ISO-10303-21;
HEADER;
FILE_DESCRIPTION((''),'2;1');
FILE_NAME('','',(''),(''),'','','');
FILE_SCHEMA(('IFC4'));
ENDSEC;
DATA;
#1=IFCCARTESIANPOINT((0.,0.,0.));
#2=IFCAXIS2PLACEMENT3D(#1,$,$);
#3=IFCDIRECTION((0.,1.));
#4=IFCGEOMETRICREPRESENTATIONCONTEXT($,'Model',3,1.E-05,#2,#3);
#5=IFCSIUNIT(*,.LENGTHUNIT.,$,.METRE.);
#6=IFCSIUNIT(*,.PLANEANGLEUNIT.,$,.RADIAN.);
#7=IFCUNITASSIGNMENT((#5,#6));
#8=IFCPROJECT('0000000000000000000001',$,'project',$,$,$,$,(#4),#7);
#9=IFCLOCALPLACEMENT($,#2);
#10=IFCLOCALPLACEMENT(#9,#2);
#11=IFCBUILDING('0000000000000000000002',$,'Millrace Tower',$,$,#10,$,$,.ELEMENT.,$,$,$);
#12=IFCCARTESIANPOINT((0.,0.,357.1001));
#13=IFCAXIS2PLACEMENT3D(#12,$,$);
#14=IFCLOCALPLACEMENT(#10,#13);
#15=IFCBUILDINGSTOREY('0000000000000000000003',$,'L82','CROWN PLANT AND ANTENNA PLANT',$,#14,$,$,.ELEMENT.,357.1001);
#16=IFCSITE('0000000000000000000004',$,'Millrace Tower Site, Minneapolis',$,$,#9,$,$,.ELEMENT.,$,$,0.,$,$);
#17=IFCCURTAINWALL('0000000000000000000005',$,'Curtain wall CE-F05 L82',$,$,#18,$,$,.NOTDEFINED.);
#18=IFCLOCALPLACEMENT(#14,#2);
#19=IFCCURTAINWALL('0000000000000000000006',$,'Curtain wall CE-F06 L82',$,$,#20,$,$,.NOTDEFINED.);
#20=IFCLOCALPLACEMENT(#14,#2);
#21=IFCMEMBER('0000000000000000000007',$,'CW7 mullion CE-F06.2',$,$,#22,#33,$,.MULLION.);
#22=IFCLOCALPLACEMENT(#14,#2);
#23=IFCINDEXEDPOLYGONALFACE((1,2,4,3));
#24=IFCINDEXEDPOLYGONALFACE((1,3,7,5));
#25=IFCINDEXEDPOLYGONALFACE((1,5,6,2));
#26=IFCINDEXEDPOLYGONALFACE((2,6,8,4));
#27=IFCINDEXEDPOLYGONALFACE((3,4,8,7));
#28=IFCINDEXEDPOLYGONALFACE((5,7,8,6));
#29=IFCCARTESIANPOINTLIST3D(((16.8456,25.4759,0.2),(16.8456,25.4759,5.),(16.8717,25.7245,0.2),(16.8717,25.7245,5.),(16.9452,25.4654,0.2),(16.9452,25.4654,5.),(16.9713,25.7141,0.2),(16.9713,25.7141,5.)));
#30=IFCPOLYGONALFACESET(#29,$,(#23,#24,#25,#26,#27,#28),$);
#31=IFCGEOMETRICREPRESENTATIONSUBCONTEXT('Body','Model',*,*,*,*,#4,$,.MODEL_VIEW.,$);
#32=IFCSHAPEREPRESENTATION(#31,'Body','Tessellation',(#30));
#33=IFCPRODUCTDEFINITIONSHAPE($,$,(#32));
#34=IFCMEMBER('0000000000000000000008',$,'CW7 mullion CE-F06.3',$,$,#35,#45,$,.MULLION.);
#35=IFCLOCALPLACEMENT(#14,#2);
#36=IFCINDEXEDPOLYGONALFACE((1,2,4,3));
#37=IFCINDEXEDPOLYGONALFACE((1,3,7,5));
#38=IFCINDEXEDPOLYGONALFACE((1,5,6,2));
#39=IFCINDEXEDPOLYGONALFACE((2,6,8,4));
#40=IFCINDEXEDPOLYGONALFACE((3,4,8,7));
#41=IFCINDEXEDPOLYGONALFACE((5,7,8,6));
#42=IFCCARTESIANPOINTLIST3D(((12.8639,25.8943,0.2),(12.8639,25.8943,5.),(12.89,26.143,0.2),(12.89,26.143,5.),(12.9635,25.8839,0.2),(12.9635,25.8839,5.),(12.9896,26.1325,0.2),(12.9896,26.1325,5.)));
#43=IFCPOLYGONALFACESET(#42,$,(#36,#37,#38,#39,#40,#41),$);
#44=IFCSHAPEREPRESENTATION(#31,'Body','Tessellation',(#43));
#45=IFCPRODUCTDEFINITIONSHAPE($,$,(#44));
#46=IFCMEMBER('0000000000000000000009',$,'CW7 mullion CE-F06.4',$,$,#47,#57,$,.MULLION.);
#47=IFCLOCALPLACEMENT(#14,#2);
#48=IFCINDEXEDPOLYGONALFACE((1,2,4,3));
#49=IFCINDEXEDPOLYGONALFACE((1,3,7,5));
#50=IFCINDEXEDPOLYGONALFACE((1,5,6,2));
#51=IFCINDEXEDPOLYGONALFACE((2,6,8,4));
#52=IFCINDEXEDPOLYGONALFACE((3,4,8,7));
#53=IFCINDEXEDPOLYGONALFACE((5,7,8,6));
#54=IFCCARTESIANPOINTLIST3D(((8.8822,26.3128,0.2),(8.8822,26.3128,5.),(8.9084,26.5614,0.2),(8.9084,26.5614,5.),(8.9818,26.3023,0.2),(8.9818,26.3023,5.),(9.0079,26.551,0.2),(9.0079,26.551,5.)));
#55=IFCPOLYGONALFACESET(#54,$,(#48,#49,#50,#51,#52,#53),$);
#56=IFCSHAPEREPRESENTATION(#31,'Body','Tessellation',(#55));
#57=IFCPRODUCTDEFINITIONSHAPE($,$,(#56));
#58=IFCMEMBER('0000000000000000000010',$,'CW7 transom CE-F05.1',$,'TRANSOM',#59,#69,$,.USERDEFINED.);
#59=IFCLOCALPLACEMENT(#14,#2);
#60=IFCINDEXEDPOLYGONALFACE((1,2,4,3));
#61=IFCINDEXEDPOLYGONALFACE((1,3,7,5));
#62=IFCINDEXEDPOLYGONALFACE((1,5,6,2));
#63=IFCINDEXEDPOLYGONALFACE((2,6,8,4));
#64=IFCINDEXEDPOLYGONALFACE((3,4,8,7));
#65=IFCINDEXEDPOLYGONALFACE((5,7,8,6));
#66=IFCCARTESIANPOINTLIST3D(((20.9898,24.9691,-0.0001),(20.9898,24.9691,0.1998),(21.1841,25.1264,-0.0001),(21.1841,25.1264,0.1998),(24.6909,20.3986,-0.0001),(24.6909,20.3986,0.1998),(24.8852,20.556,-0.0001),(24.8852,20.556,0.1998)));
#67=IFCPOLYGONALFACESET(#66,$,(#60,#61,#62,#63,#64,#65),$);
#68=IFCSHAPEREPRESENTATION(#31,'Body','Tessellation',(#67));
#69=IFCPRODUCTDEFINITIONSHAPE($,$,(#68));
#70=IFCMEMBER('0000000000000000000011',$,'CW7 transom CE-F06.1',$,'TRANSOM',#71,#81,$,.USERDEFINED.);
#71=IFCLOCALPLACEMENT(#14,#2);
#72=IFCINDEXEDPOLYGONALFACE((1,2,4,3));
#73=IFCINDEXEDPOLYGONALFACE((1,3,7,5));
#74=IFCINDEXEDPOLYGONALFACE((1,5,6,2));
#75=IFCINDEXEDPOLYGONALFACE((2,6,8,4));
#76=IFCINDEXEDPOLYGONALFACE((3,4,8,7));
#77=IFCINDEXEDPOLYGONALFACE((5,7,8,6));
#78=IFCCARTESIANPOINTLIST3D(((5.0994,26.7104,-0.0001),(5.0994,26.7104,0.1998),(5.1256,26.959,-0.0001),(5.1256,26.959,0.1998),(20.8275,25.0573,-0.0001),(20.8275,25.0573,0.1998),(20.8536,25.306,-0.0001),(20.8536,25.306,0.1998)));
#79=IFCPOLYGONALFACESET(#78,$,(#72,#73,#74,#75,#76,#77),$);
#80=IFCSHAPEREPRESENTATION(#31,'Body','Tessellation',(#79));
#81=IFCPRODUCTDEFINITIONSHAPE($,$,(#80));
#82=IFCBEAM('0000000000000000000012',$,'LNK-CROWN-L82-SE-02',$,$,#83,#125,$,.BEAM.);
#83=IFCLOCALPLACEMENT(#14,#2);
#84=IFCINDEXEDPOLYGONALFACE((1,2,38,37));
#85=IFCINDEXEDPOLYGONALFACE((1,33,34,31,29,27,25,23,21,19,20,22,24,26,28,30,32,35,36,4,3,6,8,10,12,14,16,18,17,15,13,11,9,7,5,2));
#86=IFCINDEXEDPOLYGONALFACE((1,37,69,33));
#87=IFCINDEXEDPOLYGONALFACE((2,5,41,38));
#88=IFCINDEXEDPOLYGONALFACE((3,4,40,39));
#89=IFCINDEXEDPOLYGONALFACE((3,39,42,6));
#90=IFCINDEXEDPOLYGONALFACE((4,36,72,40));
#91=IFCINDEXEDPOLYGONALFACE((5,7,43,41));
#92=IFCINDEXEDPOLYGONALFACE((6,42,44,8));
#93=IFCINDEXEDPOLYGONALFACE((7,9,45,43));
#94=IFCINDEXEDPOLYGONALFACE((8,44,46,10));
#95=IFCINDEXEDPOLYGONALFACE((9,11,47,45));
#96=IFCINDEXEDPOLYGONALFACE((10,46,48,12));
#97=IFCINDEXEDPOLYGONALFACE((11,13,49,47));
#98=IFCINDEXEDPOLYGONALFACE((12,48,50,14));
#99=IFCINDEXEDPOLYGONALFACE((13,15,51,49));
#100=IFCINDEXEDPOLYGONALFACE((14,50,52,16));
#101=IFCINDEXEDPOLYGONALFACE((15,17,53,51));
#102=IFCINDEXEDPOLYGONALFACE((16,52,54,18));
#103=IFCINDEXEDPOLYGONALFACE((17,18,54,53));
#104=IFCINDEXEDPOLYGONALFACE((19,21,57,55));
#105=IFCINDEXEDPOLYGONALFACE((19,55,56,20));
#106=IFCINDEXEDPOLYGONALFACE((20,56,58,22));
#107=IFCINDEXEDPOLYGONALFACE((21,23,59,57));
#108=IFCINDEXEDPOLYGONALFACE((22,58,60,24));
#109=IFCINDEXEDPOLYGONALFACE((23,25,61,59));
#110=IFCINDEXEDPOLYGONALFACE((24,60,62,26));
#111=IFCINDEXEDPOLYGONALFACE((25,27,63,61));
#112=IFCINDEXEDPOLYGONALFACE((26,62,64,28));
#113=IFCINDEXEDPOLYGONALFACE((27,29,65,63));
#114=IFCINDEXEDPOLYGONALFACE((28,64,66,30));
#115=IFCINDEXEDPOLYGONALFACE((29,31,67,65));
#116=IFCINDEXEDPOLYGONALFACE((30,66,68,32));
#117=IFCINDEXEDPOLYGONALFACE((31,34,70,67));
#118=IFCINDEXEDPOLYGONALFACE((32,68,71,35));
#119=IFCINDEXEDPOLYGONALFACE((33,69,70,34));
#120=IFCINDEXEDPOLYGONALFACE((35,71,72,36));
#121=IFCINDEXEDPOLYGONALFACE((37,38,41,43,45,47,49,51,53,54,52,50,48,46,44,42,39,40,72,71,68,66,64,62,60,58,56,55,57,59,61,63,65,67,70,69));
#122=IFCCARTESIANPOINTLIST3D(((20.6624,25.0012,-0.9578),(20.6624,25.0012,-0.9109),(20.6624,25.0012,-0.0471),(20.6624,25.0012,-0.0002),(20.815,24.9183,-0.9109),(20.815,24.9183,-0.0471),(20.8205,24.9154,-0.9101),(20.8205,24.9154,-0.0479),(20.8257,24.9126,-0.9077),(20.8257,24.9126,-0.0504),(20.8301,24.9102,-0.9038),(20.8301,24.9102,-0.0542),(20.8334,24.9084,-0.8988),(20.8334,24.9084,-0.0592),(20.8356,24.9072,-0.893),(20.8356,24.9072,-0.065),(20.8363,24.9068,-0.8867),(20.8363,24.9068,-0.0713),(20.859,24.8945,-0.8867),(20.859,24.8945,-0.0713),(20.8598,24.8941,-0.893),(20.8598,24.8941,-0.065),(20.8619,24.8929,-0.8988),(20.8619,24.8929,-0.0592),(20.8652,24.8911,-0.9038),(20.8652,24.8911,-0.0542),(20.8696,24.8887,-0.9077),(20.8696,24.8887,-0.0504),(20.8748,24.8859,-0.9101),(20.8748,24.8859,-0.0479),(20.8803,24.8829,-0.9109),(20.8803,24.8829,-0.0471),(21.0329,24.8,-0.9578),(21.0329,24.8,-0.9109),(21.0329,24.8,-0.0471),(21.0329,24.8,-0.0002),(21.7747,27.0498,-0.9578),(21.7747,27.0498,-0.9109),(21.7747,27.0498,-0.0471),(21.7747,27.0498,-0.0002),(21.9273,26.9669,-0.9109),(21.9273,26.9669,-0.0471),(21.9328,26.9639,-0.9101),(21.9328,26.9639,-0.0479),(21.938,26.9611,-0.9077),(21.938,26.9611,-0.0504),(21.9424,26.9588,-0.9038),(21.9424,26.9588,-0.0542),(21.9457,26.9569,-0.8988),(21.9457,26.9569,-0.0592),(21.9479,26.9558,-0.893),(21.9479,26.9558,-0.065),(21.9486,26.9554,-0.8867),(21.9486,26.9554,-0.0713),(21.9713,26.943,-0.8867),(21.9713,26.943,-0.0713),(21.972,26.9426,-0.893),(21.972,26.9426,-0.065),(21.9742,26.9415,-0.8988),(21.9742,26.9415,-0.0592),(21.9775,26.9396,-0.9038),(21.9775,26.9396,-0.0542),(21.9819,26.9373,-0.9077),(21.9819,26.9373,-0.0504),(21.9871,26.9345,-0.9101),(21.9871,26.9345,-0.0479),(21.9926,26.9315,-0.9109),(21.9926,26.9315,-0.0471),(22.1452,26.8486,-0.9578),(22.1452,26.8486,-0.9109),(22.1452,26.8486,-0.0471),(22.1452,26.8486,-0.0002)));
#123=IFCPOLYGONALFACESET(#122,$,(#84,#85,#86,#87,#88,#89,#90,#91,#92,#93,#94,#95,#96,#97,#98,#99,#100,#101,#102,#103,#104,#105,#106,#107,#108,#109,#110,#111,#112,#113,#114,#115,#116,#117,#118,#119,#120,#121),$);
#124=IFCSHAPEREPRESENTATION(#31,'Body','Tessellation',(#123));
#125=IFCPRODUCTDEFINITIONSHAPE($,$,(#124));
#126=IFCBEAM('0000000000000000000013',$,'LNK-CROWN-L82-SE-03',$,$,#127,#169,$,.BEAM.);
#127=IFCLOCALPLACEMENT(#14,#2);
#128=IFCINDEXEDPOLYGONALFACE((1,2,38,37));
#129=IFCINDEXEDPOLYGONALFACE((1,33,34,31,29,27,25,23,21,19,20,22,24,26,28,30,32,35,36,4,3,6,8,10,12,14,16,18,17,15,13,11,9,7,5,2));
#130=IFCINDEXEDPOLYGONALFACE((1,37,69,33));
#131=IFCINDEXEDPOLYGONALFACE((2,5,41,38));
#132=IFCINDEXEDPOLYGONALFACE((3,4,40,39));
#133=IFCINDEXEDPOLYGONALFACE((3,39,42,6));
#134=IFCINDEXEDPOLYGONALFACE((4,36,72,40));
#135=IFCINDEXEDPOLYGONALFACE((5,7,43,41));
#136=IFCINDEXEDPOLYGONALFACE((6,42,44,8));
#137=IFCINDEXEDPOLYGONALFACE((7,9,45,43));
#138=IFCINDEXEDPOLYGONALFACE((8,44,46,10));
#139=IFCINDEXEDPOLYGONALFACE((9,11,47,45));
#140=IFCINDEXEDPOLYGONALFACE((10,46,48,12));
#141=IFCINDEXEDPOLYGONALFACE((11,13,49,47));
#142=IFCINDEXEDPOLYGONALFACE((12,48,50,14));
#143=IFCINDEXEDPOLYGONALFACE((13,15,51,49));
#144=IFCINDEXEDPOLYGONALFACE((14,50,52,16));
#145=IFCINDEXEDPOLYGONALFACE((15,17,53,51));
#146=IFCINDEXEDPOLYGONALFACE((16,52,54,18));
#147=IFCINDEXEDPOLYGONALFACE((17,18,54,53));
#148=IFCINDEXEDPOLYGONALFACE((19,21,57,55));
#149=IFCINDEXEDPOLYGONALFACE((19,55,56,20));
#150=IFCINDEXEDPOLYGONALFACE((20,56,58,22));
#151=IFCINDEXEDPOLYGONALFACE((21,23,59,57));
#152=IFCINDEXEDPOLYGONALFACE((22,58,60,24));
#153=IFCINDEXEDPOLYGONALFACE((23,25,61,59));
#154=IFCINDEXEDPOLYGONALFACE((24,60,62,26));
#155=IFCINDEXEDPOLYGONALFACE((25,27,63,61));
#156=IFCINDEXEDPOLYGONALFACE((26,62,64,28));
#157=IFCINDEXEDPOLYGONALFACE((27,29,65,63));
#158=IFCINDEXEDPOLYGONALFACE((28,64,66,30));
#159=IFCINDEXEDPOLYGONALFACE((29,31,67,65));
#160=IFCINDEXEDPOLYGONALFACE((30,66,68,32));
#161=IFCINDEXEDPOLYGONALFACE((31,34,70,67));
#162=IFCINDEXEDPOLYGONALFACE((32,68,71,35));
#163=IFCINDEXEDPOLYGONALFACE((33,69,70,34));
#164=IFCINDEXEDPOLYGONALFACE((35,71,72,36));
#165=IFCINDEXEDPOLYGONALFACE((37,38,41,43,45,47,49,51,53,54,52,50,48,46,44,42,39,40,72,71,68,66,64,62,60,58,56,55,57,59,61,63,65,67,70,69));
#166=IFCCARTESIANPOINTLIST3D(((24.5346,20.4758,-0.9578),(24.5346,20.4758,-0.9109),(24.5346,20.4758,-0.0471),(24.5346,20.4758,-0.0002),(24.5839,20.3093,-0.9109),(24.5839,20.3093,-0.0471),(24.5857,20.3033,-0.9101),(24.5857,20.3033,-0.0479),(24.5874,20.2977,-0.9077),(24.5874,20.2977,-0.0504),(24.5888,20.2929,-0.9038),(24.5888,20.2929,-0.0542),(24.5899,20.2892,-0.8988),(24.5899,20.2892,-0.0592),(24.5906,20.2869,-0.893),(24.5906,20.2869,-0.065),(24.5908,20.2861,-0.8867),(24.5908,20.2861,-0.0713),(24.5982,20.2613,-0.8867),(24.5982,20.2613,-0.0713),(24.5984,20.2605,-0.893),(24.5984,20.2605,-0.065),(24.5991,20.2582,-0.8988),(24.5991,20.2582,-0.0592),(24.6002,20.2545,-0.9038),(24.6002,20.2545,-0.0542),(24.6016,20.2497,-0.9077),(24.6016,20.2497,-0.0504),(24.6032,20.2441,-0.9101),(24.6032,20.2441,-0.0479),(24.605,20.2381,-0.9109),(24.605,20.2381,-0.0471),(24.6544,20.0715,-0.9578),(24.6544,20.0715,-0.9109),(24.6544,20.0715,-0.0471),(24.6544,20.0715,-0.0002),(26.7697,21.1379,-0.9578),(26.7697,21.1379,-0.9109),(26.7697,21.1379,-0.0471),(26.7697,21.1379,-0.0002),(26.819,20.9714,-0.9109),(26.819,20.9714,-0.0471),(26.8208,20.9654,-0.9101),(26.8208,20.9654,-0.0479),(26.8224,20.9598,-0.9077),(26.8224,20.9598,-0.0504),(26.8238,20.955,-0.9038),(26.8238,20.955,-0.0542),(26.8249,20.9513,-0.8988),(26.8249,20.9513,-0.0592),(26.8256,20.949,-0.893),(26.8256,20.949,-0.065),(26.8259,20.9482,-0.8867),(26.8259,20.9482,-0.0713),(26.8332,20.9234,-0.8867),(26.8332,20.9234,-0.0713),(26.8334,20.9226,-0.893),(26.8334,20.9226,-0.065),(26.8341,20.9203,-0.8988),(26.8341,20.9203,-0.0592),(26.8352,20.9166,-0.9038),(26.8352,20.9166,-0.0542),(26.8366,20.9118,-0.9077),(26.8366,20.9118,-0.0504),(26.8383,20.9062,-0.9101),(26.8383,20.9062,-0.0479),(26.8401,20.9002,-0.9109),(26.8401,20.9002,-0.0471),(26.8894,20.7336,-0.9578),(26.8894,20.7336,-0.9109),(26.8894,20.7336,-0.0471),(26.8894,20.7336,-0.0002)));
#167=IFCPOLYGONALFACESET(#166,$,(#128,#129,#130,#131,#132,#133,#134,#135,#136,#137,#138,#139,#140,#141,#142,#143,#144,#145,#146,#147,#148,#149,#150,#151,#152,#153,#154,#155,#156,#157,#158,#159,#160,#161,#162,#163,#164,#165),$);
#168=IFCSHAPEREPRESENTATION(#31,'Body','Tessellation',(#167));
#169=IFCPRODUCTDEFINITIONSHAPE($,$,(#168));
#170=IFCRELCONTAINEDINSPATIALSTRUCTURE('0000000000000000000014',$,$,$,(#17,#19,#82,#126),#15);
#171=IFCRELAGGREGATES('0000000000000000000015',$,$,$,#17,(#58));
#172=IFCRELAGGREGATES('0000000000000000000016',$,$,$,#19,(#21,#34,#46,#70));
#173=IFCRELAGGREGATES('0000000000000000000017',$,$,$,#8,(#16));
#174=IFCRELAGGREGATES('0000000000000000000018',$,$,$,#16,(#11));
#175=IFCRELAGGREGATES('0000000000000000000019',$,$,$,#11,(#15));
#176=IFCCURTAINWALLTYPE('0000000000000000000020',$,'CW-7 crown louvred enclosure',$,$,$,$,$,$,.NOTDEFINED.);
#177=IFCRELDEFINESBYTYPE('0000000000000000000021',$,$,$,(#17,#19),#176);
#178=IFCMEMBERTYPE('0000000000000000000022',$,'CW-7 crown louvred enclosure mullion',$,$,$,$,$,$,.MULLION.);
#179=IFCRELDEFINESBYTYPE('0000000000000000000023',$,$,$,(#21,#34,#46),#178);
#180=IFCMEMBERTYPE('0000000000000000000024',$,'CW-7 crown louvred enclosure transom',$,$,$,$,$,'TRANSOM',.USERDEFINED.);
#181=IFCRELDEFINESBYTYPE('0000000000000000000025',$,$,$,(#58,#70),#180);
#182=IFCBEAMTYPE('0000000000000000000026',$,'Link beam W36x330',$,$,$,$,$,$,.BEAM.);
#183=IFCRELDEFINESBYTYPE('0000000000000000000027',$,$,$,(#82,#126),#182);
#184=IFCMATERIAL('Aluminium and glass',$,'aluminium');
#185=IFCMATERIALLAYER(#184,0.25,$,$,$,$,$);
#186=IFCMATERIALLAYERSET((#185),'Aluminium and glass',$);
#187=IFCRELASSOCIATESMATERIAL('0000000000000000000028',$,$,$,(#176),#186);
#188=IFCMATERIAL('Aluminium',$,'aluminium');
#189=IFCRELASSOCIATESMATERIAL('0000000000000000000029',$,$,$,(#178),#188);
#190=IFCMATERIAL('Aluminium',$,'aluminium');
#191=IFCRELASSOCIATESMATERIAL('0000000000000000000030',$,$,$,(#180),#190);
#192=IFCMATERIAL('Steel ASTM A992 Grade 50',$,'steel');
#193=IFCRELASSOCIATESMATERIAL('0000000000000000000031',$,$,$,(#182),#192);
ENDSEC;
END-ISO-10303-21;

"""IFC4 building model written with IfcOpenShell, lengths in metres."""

from ifc_helpers import new_model, si_unit, direction, frame, origin, origin_2d, place, context, subcontext, project, spatial, rectangle, i_section, extrude, material, layer, layer_set, material_profile, profile_set, type_object, element, aggregate, save


model = new_model("IFC4")

# Units and contexts
model_context = context("Model", 3, precision=1e-05, world=origin(), true_north=direction((0.0, 1.0)))
body_context = subcontext(model_context, "Body", "Model", "MODEL_VIEW")
ifc_project = project(units=[si_unit("LENGTHUNIT", "METRE"), si_unit("PLANEANGLEUNIT", "RADIAN")], contexts=[model_context])

# Site, building, storey
site_placement = place(None, origin())
site = spatial("IfcSite", under=ifc_project, at=site_placement, Name="Millrace Tower Site, Minneapolis", CompositionType="ELEMENT", RefElevation=0.0)
building_placement = place(site_placement, origin())
building = spatial("IfcBuilding", under=site, at=building_placement, Name="Millrace Tower", CompositionType="ELEMENT")
storey_placement = place(building_placement, frame((0.0, 0.0, 357.1001)))
storey = spatial("IfcBuildingStorey", under=building, at=storey_placement, Name="L82", Description="CROWN PLANT AND ANTENNA PLANT", CompositionType="ELEMENT", Elevation=357.1001)

# Shared definitions
ifc_material_1 = material(Name="Aluminium and glass", Category="aluminium")
ifc_layer_1 = layer(ifc_material_1, 0.25)
ifc_layer_set_1 = layer_set([ifc_layer_1], Name="Aluminium and glass")
curtain_wall_type = type_object("IfcCurtainWallType", Name="CW-7 crown louvred enclosure", PredefinedType="NOTDEFINED", material=ifc_layer_set_1)
placement = place(storey_placement, origin())
ifc_material_2 = material(Name="Aluminium", Category="aluminium")
ifc_material_profile_1 = material_profile(ifc_material_2, rectangle(XDim=0.1001, YDim=0.25, at=origin_2d()))
ifc_profile_set_1 = profile_set([ifc_material_profile_1], Name="Aluminium")
member_type_1 = type_object("IfcMemberType", Name="CW-7 crown louvred enclosure mullion", PredefinedType="MULLION", material=ifc_profile_set_1)

# Curtain wall
curtain_wall_1 = element("IfcCurtainWall", 1, at=placement, inside=storey, type_object=curtain_wall_type, Name="Curtain wall CE-F05 L82", PredefinedType="NOTDEFINED")

# Curtain wall, members
curtain_wall_2 = element("IfcCurtainWall", 2, at=placement, inside=storey, type_object=curtain_wall_type, Name="Curtain wall CE-F06 L82", PredefinedType="NOTDEFINED")
member_1_placement = place(storey_placement, frame((16.9084, 25.595, 0.2), z_axis=(0.0, 0.0, 1.0), x_axis=(-0.994522, 0.104528, 0.0)))
member_1 = element("IfcMember", 3, at=member_1_placement, type_object=member_type_1, Name="CW7 mullion CE-F06.2", PredefinedType="MULLION", context=body_context, shape_type="SweptSolid", body=[
    extrude(rectangle(XDim=0.1001, YDim=0.25, at=origin_2d()), origin(), (0.0, 0.0, 1.0), 4.8),
])
member_2_placement = place(storey_placement, frame((12.9268, 26.0134, 0.2), z_axis=(0.0, 0.0, 1.0), x_axis=(-0.994522, 0.104528, 0.0)))
member_2 = element("IfcMember", 4, at=member_2_placement, type_object=member_type_1, Name="CW7 mullion CE-F06.3", PredefinedType="MULLION", context=body_context, shape_type="SweptSolid", body=[
    extrude(rectangle(XDim=0.1001, YDim=0.25, at=origin_2d()), origin(), (0.0, 0.0, 1.0), 4.8),
])
member_3_placement = place(storey_placement, frame((8.9451, 26.4319, 0.2), z_axis=(0.0, 0.0, 1.0), x_axis=(-0.994522, 0.104528, 0.0)))
member_3 = element("IfcMember", 5, at=member_3_placement, type_object=member_type_1, Name="CW7 mullion CE-F06.4", PredefinedType="MULLION", context=body_context, shape_type="SweptSolid", body=[
    extrude(rectangle(XDim=0.1001, YDim=0.25, at=origin_2d()), origin(), (0.0, 0.0, 1.0), 4.8),
])

# Members
ifc_material_3 = material(Name="Aluminium", Category="aluminium")
ifc_material_profile_2 = material_profile(ifc_material_3, rectangle(XDim=0.25, YDim=0.2, at=origin_2d()))
ifc_profile_set_2 = profile_set([ifc_material_profile_2], Name="Aluminium")
member_type_2 = type_object("IfcMemberType", Name="CW-7 crown louvred enclosure transom", ElementType="TRANSOM", PredefinedType="USERDEFINED", material=ifc_profile_set_2)
member_4_placement = place(storey_placement, frame((24.7881, 20.4773, 0.0999), z_axis=(-0.629321, 0.777145, 0.0), x_axis=(-0.777145, -0.629321, 0.0)))
member_4 = element("IfcMember", 6, at=member_4_placement, type_object=member_type_2, Name="CW7 transom CE-F05.1", ObjectType="TRANSOM", PredefinedType="USERDEFINED", context=body_context, shape_type="SweptSolid", body=[
    extrude(rectangle(XDim=0.25, YDim=0.2, at=origin_2d()), origin(), (0.0, 0.0, 1.0), 5.8811),
])
aggregate(curtain_wall_1, [member_4])
member_5_placement = place(storey_placement, frame((20.8406, 25.1816, 0.0999), z_axis=(-0.994522, 0.104528, 0.0), x_axis=(-0.104528, -0.994522, 0.0)))
member_5 = element("IfcMember", 7, at=member_5_placement, type_object=member_type_2, Name="CW7 transom CE-F06.1", ObjectType="TRANSOM", PredefinedType="USERDEFINED", context=body_context, shape_type="SweptSolid", body=[
    extrude(rectangle(XDim=0.25, YDim=0.2, at=origin_2d()), origin(), (0.0, 0.0, 1.0), 15.8147),
])
aggregate(curtain_wall_2, [member_1, member_2, member_3, member_5])

# Beams
ifc_material_4 = material(Name="Steel ASTM A992 Grade 50", Category="steel")
ifc_material_profile_3 = material_profile(ifc_material_4, i_section(OverallWidth=0.4216, OverallDepth=0.9575, WebThickness=0.0259, FlangeThickness=0.0469, FilletRadius=0.0242, at=origin_2d()))
ifc_profile_set_3 = profile_set([ifc_material_profile_3], Name="Steel ASTM A992 Grade 50")
beam_type_1 = type_object("IfcBeamType", Name="Link beam W36x330", PredefinedType="BEAM", material=ifc_profile_set_3)
for number, where, z_axis, x_axis, name in (
    (8, (20.8477, 24.9006, -0.479), (0.477164, 0.878815, 0.0), (-0.878815, 0.477164, 0.0), "LNK-CROWN-L82-SE-02"),
    (9, (24.5945, 20.2737, -0.479), (0.958815, 0.284031, 0.0), (-0.284031, 0.958815, 0.0), "LNK-CROWN-L82-SE-03"),
):
    element("IfcBeam", number, at=place(storey_placement, frame(where, z_axis=z_axis, x_axis=x_axis)), inside=storey, type_object=beam_type_1, Name=name, PredefinedType="BEAM", context=body_context, shape_type="SweptSolid", body=[
        extrude(i_section(OverallWidth=0.4216, OverallDepth=0.9575, WebThickness=0.0259, FlangeThickness=0.0469, FilletRadius=0.0242, at=origin_2d()), origin(), (0.0, 0.0, 1.0), 2.3311),
    ])

save(model, "model.ifc")
